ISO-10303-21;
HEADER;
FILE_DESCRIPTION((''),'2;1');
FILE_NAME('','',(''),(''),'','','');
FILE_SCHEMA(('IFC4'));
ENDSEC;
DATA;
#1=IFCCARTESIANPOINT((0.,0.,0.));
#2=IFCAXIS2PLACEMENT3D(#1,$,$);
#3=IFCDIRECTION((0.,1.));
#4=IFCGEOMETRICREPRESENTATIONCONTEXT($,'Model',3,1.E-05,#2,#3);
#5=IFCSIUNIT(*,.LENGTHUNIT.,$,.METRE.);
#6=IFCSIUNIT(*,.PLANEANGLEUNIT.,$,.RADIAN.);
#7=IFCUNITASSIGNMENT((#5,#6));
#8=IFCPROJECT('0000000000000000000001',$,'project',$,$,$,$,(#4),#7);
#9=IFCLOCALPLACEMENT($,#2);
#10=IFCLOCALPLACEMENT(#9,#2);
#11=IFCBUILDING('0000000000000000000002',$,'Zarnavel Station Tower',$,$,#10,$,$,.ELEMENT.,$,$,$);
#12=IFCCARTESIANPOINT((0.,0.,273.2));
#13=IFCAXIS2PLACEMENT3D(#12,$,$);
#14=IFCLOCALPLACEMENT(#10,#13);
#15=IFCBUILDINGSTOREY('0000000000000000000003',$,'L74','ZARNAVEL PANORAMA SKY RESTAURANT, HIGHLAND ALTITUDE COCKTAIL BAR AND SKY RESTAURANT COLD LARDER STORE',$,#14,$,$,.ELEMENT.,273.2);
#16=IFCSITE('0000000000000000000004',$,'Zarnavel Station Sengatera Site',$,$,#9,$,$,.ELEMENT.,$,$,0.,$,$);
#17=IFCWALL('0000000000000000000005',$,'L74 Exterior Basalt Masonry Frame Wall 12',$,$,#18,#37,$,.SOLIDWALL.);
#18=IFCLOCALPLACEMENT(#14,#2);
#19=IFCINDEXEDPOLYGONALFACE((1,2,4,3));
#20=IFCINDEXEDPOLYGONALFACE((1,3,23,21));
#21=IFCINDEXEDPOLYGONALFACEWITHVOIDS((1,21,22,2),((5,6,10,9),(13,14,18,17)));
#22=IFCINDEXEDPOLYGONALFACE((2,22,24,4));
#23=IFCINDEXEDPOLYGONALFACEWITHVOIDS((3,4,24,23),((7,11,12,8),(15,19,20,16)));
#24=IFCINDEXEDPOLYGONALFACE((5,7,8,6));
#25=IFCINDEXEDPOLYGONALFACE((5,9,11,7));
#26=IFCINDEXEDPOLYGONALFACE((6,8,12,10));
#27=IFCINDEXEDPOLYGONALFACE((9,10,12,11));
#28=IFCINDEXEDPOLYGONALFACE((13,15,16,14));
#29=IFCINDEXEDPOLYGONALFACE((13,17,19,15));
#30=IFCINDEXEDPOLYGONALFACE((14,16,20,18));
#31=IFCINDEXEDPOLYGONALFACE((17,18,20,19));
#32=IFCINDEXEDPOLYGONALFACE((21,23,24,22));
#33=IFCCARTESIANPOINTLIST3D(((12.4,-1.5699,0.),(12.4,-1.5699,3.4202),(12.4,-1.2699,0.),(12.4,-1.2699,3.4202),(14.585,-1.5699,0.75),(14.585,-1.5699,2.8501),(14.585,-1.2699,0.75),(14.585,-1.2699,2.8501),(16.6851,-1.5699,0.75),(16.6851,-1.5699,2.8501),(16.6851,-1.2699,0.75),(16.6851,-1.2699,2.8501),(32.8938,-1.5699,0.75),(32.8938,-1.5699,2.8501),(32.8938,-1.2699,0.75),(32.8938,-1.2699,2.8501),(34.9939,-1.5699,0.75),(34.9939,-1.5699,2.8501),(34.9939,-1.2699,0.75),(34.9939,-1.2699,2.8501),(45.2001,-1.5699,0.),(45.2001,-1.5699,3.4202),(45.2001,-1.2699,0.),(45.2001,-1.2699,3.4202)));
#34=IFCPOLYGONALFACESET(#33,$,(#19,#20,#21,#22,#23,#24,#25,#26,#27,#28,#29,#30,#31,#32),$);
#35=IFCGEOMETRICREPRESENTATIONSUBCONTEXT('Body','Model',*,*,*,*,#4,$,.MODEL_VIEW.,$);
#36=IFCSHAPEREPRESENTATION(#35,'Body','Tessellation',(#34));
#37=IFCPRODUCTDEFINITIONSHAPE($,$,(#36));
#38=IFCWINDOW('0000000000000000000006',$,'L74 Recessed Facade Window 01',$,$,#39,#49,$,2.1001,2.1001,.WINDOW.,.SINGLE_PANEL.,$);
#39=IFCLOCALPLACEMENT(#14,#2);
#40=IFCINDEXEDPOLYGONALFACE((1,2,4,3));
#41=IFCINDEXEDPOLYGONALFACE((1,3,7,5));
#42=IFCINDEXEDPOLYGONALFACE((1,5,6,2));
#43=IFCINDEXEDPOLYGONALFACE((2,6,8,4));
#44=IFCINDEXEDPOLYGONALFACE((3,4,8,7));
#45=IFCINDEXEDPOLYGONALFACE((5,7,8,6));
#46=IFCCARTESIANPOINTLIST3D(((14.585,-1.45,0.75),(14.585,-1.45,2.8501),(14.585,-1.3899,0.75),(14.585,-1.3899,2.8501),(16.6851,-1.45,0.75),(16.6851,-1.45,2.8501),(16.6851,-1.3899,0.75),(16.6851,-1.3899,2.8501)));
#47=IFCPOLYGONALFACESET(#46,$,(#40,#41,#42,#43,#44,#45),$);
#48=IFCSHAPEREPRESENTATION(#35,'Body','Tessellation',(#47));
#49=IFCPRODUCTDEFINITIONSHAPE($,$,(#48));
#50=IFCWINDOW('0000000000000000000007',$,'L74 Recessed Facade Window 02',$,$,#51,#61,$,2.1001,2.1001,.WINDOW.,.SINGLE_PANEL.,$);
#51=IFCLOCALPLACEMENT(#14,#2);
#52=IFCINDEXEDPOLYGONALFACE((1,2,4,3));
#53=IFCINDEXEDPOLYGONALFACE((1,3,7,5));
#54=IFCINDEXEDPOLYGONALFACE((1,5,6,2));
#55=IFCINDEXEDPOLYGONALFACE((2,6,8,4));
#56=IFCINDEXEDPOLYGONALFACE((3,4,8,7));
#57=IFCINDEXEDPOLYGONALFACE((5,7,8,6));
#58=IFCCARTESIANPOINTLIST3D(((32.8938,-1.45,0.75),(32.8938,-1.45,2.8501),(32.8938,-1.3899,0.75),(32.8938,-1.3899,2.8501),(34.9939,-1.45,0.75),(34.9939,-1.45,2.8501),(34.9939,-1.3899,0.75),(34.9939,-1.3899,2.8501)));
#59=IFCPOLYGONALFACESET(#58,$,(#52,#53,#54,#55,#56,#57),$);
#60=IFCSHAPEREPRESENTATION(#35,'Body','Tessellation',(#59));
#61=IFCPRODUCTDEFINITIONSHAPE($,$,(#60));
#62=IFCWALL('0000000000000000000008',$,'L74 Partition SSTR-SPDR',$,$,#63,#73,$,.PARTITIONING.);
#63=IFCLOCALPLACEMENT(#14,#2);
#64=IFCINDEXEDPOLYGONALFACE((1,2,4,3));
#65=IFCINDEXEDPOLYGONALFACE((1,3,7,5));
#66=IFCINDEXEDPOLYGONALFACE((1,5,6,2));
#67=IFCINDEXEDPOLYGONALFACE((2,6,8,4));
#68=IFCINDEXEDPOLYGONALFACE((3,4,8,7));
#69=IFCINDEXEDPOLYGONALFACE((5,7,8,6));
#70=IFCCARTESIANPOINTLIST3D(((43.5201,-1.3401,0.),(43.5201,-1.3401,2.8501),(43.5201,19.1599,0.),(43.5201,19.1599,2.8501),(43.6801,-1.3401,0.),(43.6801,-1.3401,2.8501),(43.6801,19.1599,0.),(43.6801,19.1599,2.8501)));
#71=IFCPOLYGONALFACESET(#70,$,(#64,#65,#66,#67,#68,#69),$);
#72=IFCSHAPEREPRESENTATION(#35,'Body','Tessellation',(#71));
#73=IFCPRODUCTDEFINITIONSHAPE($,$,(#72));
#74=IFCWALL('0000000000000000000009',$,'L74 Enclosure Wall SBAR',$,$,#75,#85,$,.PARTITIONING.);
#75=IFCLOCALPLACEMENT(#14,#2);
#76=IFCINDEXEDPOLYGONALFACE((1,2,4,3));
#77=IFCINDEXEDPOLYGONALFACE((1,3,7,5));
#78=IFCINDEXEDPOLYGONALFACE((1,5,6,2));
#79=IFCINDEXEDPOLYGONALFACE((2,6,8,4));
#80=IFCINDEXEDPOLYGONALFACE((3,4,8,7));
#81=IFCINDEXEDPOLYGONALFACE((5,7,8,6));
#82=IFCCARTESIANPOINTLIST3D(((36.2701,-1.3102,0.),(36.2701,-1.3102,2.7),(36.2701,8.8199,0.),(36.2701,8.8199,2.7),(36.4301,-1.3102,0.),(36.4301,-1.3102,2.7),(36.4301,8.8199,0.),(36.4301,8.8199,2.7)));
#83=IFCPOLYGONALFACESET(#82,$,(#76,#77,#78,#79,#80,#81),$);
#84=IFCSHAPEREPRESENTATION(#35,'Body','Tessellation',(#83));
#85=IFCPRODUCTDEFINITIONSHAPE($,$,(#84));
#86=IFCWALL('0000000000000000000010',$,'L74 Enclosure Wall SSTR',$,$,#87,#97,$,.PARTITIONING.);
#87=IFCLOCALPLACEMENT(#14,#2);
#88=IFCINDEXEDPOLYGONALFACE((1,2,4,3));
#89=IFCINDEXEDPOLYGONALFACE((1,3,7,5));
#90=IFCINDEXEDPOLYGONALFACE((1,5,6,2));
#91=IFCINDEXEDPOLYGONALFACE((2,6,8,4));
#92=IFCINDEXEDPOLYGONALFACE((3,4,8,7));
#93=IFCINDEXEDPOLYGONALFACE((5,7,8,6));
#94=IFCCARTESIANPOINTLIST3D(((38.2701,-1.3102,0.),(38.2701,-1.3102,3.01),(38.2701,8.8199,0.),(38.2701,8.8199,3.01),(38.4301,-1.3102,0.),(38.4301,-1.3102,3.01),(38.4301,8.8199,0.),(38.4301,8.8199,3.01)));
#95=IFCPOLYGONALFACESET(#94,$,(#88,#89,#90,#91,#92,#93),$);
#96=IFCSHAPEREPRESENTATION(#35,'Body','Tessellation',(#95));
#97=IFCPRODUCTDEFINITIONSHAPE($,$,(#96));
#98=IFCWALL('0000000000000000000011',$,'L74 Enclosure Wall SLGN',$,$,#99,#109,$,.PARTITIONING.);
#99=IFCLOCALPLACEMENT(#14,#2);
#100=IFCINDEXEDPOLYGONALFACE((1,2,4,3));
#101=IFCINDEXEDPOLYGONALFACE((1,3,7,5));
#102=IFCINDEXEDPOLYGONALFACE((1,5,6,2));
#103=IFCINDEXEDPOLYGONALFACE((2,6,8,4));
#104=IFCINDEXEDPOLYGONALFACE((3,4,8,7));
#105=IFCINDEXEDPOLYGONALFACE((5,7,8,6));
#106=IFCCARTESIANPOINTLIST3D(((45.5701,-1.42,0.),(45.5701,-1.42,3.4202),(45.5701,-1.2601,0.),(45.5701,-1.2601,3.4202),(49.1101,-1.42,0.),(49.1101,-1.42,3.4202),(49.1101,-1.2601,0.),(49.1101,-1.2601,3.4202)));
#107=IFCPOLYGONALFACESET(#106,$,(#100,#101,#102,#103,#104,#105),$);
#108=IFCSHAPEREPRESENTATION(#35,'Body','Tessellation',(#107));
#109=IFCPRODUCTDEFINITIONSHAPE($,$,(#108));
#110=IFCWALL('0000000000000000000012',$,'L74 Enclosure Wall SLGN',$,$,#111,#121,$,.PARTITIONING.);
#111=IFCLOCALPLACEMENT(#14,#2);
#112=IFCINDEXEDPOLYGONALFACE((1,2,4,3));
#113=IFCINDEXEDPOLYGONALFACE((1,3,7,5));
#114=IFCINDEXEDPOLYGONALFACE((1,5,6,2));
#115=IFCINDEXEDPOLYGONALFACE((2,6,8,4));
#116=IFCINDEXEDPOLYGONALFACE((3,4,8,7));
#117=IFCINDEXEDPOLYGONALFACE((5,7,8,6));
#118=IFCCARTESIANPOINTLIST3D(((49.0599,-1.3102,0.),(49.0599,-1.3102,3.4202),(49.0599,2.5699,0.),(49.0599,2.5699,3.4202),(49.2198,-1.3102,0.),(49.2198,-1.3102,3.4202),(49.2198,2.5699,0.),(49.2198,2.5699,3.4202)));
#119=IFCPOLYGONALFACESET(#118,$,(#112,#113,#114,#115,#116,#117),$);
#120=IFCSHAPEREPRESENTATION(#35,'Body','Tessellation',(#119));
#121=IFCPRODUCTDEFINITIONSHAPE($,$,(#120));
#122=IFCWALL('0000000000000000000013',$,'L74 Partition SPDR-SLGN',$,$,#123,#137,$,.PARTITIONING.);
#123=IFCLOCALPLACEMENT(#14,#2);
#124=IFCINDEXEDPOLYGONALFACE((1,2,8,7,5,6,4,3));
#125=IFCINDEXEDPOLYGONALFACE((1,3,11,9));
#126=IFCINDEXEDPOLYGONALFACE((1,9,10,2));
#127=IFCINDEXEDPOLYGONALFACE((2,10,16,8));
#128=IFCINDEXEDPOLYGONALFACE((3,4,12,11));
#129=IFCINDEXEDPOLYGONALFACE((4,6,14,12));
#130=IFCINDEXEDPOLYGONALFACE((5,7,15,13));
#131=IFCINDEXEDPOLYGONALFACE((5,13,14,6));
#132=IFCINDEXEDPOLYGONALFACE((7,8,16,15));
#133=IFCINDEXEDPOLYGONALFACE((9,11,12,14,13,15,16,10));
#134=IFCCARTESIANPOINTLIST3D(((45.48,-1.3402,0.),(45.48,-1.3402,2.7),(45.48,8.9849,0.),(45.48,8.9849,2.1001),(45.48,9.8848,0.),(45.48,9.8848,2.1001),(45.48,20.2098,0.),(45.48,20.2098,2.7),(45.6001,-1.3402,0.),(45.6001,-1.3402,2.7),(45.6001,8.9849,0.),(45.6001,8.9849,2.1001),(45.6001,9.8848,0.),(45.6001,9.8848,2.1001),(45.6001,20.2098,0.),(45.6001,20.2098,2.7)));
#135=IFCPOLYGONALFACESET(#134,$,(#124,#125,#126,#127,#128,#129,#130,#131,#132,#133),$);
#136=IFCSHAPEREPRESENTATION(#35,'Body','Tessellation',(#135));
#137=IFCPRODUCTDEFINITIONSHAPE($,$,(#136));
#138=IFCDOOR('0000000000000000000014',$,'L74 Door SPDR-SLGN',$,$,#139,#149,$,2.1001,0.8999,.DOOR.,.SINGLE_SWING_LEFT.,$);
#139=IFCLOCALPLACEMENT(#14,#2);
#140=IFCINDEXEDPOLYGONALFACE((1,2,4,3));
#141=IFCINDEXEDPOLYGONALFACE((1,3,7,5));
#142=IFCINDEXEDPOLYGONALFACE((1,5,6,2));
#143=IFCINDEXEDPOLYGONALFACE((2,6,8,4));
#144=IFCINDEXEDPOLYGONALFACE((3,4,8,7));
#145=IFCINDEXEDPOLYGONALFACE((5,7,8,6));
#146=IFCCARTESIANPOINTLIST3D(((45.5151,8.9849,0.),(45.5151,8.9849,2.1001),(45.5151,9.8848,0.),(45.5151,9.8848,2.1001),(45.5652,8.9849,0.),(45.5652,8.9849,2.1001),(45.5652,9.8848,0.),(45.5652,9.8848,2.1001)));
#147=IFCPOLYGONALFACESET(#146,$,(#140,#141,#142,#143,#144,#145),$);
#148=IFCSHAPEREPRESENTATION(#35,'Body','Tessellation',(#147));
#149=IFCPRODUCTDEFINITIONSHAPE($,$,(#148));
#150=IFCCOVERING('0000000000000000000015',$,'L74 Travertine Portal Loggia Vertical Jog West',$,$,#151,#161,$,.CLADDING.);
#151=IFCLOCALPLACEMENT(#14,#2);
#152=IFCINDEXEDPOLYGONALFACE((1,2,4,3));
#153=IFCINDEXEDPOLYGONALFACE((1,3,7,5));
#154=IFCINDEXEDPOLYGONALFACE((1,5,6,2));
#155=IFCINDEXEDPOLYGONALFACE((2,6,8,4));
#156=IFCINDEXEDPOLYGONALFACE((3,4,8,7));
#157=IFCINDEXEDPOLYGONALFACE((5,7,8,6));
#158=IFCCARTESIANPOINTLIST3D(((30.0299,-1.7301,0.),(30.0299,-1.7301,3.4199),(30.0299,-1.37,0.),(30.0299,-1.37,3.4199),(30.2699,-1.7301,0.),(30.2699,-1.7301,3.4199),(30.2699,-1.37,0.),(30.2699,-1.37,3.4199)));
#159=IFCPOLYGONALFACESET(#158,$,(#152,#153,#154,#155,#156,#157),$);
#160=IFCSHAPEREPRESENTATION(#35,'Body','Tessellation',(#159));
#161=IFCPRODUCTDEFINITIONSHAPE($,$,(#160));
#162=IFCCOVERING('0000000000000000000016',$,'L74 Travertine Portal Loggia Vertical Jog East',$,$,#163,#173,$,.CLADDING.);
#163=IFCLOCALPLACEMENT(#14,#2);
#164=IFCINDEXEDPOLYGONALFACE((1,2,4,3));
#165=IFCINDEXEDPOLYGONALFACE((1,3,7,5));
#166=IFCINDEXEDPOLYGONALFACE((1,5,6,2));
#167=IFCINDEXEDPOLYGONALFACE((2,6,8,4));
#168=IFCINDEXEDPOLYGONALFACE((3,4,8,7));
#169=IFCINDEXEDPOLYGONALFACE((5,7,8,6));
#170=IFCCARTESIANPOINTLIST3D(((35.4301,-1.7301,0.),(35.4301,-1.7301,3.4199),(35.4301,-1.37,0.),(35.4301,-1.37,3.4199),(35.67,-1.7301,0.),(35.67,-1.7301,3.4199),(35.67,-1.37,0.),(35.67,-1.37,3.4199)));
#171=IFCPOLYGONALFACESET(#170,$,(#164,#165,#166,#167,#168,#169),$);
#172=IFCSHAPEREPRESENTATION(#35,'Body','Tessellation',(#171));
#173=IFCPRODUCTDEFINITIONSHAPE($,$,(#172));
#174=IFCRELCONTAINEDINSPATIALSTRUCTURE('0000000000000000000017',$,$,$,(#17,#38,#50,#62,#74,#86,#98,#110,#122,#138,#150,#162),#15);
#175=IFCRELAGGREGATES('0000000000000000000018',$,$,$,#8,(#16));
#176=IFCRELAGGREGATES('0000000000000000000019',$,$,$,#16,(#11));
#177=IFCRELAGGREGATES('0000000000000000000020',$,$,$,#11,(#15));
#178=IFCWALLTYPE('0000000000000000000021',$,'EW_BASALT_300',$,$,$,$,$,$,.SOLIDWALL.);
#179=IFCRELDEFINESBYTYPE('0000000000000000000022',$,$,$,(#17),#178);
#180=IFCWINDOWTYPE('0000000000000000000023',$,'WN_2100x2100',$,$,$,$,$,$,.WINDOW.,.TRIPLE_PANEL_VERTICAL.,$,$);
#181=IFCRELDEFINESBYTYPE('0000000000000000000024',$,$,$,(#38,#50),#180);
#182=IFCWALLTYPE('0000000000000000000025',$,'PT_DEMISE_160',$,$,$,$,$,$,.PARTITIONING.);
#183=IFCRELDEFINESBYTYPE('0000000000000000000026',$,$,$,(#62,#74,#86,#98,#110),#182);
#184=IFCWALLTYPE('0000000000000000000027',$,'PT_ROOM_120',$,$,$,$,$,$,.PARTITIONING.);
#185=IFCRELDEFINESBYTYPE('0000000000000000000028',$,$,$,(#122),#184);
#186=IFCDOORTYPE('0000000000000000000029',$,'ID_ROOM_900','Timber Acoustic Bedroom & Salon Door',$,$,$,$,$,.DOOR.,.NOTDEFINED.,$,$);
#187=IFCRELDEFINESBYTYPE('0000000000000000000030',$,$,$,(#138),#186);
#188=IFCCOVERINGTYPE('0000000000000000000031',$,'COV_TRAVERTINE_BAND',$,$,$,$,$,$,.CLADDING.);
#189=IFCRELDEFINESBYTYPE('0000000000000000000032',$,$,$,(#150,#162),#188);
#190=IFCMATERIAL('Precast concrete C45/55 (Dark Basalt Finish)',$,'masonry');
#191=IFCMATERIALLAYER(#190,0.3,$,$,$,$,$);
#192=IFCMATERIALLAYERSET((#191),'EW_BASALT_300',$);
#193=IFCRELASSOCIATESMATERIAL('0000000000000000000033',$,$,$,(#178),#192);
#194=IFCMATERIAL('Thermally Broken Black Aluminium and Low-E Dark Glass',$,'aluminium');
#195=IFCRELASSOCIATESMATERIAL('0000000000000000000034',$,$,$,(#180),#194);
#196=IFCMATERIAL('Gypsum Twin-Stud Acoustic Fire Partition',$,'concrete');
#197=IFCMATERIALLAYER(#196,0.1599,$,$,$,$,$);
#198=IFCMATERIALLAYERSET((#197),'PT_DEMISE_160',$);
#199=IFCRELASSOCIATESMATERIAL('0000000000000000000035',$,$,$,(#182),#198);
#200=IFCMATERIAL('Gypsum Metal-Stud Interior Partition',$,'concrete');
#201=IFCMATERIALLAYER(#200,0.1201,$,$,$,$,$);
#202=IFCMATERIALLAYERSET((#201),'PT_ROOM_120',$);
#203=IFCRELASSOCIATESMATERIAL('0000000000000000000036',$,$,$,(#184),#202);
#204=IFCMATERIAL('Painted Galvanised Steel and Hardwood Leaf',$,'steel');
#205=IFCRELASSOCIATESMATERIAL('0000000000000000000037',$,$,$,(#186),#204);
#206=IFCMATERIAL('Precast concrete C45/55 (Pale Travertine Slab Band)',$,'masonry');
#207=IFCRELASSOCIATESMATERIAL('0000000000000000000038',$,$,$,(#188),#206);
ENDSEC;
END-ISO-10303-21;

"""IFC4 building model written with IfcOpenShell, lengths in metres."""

from ifc_helpers import new_model, si_unit, direction, frame, frame_2d, origin, origin_2d, place, context, subcontext, project, spatial, rectangle, extrude, material, layer, layer_set, type_object, element, fill, save


model = new_model("IFC4")

# Units and contexts
model_context = context("Model", 3, precision=1e-05, world=origin(), true_north=direction((0.0, 1.0)))
body_context = subcontext(model_context, "Body", "Model", "MODEL_VIEW")
ifc_project = project(units=[si_unit("LENGTHUNIT", "METRE"), si_unit("PLANEANGLEUNIT", "RADIAN")], contexts=[model_context])

# Site, building, storey
site_placement = place(None, origin())
site = spatial("IfcSite", under=ifc_project, at=site_placement, Name="Zarnavel Station Sengatera Site", CompositionType="ELEMENT", RefElevation=0.0)
building_placement = place(site_placement, origin())
building = spatial("IfcBuilding", under=site, at=building_placement, Name="Zarnavel Station Tower", CompositionType="ELEMENT")
storey_placement = place(building_placement, frame((0.0, 0.0, 273.2)))
storey = spatial("IfcBuildingStorey", under=building, at=storey_placement, Name="L74", Description="ZARNAVEL PANORAMA SKY RESTAURANT, HIGHLAND ALTITUDE COCKTAIL BAR AND SKY RESTAURANT COLD LARDER STORE", CompositionType="ELEMENT", Elevation=273.2)

# Shared definitions
ifc_material_1 = material(Name="Precast concrete C45/55 (Dark Basalt Finish)", Category="masonry")
ifc_layer_1 = layer(ifc_material_1, 0.3)
ifc_layer_set_1 = layer_set([ifc_layer_1], Name="EW_BASALT_300")
wall_type_1 = type_object("IfcWallType", Name="EW_BASALT_300", PredefinedType="SOLIDWALL", material=ifc_layer_set_1)

# Wall, openings, windows
wall_1_placement = place(storey_placement, frame((45.2, -1.4199, 0.0), z_axis=(0.0, 0.0, 1.0), x_axis=(-1.0, 0.0, 0.0)))
wall_1 = element("IfcWall", 1, at=wall_1_placement, inside=storey, type_object=wall_type_1, Name="L74 Exterior Basalt Masonry Frame Wall 12", PredefinedType="SOLIDWALL", context=body_context, shape_type="SweptSolid", body=[
    extrude(rectangle(XDim=32.8, YDim=0.3, at=frame_2d((16.3999, 0.0))), origin(), (0.0, 0.0, 1.0), 3.4202),
])
opening_1_placement = place(wall_1_placement, frame((28.5149, 0.0, 0.75)))
opening_1 = element("IfcOpeningElement", 2, at=opening_1_placement, cuts=wall_1, PredefinedType="OPENING", context=body_context, shape_type="SweptSolid", body=[
    extrude(rectangle(XDim=2.1001, YDim=2.1001, at=frame_2d((1.05, 1.05))), frame((0.0, 0.1599, 0.0), z_axis=(0.0, -1.0, 0.0), x_axis=(1.0, 0.0, 0.0)), (0.0, 0.0, 1.0), 0.3201),
])
opening_2_placement = place(wall_1_placement, frame((10.2061, 0.0, 0.75)))
opening_2 = element("IfcOpeningElement", 3, at=opening_2_placement, cuts=wall_1, PredefinedType="OPENING", context=body_context, shape_type="SweptSolid", body=[
    extrude(rectangle(XDim=2.1001, YDim=2.1001, at=frame_2d((1.05, 1.05))), frame((0.0, 0.1599, 0.0), z_axis=(0.0, -1.0, 0.0), x_axis=(1.0, 0.0, 0.0)), (0.0, 0.0, 1.0), 0.3201),
])
ifc_material_2 = material(Name="Thermally Broken Black Aluminium and Low-E Dark Glass", Category="aluminium")
window_type = type_object("IfcWindowType", Name="WN_2100x2100", PartitioningType="TRIPLE_PANEL_VERTICAL", PredefinedType="WINDOW", material=ifc_material_2)
window_1_placement = place(opening_1_placement, origin())
window_1 = element("IfcWindow", 4, at=window_1_placement, inside=storey, type_object=window_type, Name="L74 Recessed Facade Window 01", OverallHeight=2.1001, OverallWidth=2.1001, PartitioningType="SINGLE_PANEL", PredefinedType="WINDOW", context=body_context, shape_type="SweptSolid", body=[
    extrude(rectangle(XDim=2.1001, YDim=2.1001, at=frame_2d((1.05, 1.05))), frame((0.0, 0.03, 0.0), z_axis=(0.0, -1.0, 0.0), x_axis=(1.0, 0.0, 0.0)), (0.0, 0.0, 1.0), 0.0601),
])
fill(opening_1, window_1)
window_2_placement = place(opening_2_placement, origin())
window_2 = element("IfcWindow", 5, at=window_2_placement, inside=storey, type_object=window_type, Name="L74 Recessed Facade Window 02", OverallHeight=2.1001, OverallWidth=2.1001, PartitioningType="SINGLE_PANEL", PredefinedType="WINDOW", context=body_context, shape_type="SweptSolid", body=[
    extrude(rectangle(XDim=2.1001, YDim=2.1001, at=frame_2d((1.05, 1.05))), frame((0.0, 0.03, 0.0), z_axis=(0.0, -1.0, 0.0), x_axis=(1.0, 0.0, 0.0)), (0.0, 0.0, 1.0), 0.0601),
])
fill(opening_2, window_2)

# Walls
ifc_material_3 = material(Name="Gypsum Twin-Stud Acoustic Fire Partition", Category="concrete")
ifc_layer_2 = layer(ifc_material_3, 0.1599)
ifc_layer_set_2 = layer_set([ifc_layer_2], Name="PT_DEMISE_160")
wall_type_2 = type_object("IfcWallType", Name="PT_DEMISE_160", PredefinedType="PARTITIONING", material=ifc_layer_set_2)
wall_2_placement = place(storey_placement, frame((43.6001, -1.3401, 0.0), z_axis=(0.0, 0.0, 1.0), x_axis=(0.0, 1.0, 0.0)))
element("IfcWall", 6, at=wall_2_placement, inside=storey, type_object=wall_type_2, Name="L74 Partition SSTR-SPDR", PredefinedType="PARTITIONING", context=body_context, shape_type="SweptSolid", body=[
    extrude(rectangle(XDim=20.5, YDim=0.1599, at=frame_2d((10.25, 0.0))), origin(), (0.0, 0.0, 1.0), 2.8501),
])
wall_3_placement = place(storey_placement, frame((36.3501, -1.3101, 0.0), z_axis=(0.0, 0.0, 1.0), x_axis=(0.0, 1.0, 0.0)))
element("IfcWall", 7, at=wall_3_placement, inside=storey, type_object=wall_type_2, Name="L74 Enclosure Wall SBAR", PredefinedType="PARTITIONING", context=body_context, shape_type="SweptSolid", body=[
    extrude(rectangle(XDim=10.1301, YDim=0.1599, at=frame_2d((5.0649, 0.0))), origin(), (0.0, 0.0, 1.0), 2.7),
])
wall_4_placement = place(storey_placement, frame((38.3501, -1.3101, 0.0), z_axis=(0.0, 0.0, 1.0), x_axis=(0.0, 1.0, 0.0)))
element("IfcWall", 8, at=wall_4_placement, inside=storey, type_object=wall_type_2, Name="L74 Enclosure Wall SSTR", PredefinedType="PARTITIONING", context=body_context, shape_type="SweptSolid", body=[
    extrude(rectangle(XDim=10.1301, YDim=0.1599, at=frame_2d((5.0649, 0.0))), origin(), (0.0, 0.0, 1.0), 3.01),
])
wall_5_placement = place(storey_placement, frame((45.5701, -1.3401, 0.0), z_axis=(0.0, 0.0, 1.0), x_axis=(1.0, 0.0, 0.0)))
element("IfcWall", 9, at=wall_5_placement, inside=storey, type_object=wall_type_2, Name="L74 Enclosure Wall SLGN", PredefinedType="PARTITIONING", context=body_context, shape_type="SweptSolid", body=[
    extrude(rectangle(XDim=3.54, YDim=0.1599, at=frame_2d((1.77, 0.0))), origin(), (0.0, 0.0, 1.0), 3.4202),
])
wall_6_placement = place(storey_placement, frame((49.1399, -1.3101, 0.0), z_axis=(0.0, 0.0, 1.0), x_axis=(0.0, 1.0, 0.0)))
element("IfcWall", 10, at=wall_6_placement, inside=storey, type_object=wall_type_2, Name="L74 Enclosure Wall SLGN", PredefinedType="PARTITIONING", context=body_context, shape_type="SweptSolid", body=[
    extrude(rectangle(XDim=3.8801, YDim=0.1599, at=frame_2d((1.9399, 0.0))), origin(), (0.0, 0.0, 1.0), 3.4202),
])

# Wall, opening, door
ifc_material_4 = material(Name="Gypsum Metal-Stud Interior Partition", Category="concrete")
ifc_layer_3 = layer(ifc_material_4, 0.1201)
ifc_layer_set_3 = layer_set([ifc_layer_3], Name="PT_ROOM_120")
wall_type_3 = type_object("IfcWallType", Name="PT_ROOM_120", PredefinedType="PARTITIONING", material=ifc_layer_set_3)
wall_7_placement = place(storey_placement, frame((45.54, -1.3401, 0.0), z_axis=(0.0, 0.0, 1.0), x_axis=(0.0, 1.0, 0.0)))
wall_7 = element("IfcWall", 11, at=wall_7_placement, inside=storey, type_object=wall_type_3, Name="L74 Partition SPDR-SLGN", PredefinedType="PARTITIONING", context=body_context, shape_type="SweptSolid", body=[
    extrude(rectangle(XDim=21.55, YDim=0.1201, at=frame_2d((10.7749, 0.0))), origin(), (0.0, 0.0, 1.0), 2.7),
])
opening_3_placement = place(wall_7_placement, frame((10.325, 0.0, 0.0)))
opening_3 = element("IfcOpeningElement", 12, at=opening_3_placement, cuts=wall_7, PredefinedType="OPENING", context=body_context, shape_type="SweptSolid", body=[
    extrude(rectangle(XDim=0.8999, YDim=2.1001, at=frame_2d((0.45, 1.05))), frame((0.0, 0.0701, 0.0), z_axis=(0.0, -1.0, 0.0), x_axis=(1.0, 0.0, 0.0)), (0.0, 0.0, 1.0), 0.1401),
])
ifc_material_5 = material(Name="Painted Galvanised Steel and Hardwood Leaf", Category="steel")
door_type = type_object("IfcDoorType", Name="ID_ROOM_900", Description="Timber Acoustic Bedroom & Salon Door", OperationType="NOTDEFINED", PredefinedType="DOOR", material=ifc_material_5)
door_placement = place(opening_3_placement, origin())
door = element("IfcDoor", 13, at=door_placement, inside=storey, type_object=door_type, Name="L74 Door SPDR-SLGN", OperationType="SINGLE_SWING_LEFT", OverallHeight=2.1001, OverallWidth=0.8999, PredefinedType="DOOR", context=body_context, shape_type="SweptSolid", body=[
    extrude(rectangle(XDim=0.8999, YDim=2.1001, at=frame_2d((0.45, 1.05))), frame((0.0, 0.0249, 0.0), z_axis=(0.0, -1.0, 0.0), x_axis=(1.0, 0.0, 0.0)), (0.0, 0.0, 1.0), 0.05),
])
fill(opening_3, door)

# Coverings
ifc_material_6 = material(Name="Precast concrete C45/55 (Pale Travertine Slab Band)", Category="masonry")
covering_type = type_object("IfcCoveringType", Name="COV_TRAVERTINE_BAND", PredefinedType="CLADDING", material=ifc_material_6)
for number, where, z_axis, x_axis, name in (
    (14, (30.1499, -1.55, 0.0), (0.0, 0.0, 1.0), (1.0, 0.0, 0.0), "L74 Travertine Portal Loggia Vertical Jog West"),
    (15, (35.55, -1.55, 0.0), (0.0, 0.0, 1.0), (1.0, 0.0, 0.0), "L74 Travertine Portal Loggia Vertical Jog East"),
):
    element("IfcCovering", number, at=place(storey_placement, frame(where, z_axis=z_axis, x_axis=x_axis)), inside=storey, type_object=covering_type, Name=name, PredefinedType="CLADDING", context=body_context, shape_type="SweptSolid", body=[
        extrude(rectangle(XDim=0.24, YDim=0.3601, at=origin_2d()), origin(), (0.0, 0.0, 1.0), 3.4199),
    ])

save(model, "model.ifc")
